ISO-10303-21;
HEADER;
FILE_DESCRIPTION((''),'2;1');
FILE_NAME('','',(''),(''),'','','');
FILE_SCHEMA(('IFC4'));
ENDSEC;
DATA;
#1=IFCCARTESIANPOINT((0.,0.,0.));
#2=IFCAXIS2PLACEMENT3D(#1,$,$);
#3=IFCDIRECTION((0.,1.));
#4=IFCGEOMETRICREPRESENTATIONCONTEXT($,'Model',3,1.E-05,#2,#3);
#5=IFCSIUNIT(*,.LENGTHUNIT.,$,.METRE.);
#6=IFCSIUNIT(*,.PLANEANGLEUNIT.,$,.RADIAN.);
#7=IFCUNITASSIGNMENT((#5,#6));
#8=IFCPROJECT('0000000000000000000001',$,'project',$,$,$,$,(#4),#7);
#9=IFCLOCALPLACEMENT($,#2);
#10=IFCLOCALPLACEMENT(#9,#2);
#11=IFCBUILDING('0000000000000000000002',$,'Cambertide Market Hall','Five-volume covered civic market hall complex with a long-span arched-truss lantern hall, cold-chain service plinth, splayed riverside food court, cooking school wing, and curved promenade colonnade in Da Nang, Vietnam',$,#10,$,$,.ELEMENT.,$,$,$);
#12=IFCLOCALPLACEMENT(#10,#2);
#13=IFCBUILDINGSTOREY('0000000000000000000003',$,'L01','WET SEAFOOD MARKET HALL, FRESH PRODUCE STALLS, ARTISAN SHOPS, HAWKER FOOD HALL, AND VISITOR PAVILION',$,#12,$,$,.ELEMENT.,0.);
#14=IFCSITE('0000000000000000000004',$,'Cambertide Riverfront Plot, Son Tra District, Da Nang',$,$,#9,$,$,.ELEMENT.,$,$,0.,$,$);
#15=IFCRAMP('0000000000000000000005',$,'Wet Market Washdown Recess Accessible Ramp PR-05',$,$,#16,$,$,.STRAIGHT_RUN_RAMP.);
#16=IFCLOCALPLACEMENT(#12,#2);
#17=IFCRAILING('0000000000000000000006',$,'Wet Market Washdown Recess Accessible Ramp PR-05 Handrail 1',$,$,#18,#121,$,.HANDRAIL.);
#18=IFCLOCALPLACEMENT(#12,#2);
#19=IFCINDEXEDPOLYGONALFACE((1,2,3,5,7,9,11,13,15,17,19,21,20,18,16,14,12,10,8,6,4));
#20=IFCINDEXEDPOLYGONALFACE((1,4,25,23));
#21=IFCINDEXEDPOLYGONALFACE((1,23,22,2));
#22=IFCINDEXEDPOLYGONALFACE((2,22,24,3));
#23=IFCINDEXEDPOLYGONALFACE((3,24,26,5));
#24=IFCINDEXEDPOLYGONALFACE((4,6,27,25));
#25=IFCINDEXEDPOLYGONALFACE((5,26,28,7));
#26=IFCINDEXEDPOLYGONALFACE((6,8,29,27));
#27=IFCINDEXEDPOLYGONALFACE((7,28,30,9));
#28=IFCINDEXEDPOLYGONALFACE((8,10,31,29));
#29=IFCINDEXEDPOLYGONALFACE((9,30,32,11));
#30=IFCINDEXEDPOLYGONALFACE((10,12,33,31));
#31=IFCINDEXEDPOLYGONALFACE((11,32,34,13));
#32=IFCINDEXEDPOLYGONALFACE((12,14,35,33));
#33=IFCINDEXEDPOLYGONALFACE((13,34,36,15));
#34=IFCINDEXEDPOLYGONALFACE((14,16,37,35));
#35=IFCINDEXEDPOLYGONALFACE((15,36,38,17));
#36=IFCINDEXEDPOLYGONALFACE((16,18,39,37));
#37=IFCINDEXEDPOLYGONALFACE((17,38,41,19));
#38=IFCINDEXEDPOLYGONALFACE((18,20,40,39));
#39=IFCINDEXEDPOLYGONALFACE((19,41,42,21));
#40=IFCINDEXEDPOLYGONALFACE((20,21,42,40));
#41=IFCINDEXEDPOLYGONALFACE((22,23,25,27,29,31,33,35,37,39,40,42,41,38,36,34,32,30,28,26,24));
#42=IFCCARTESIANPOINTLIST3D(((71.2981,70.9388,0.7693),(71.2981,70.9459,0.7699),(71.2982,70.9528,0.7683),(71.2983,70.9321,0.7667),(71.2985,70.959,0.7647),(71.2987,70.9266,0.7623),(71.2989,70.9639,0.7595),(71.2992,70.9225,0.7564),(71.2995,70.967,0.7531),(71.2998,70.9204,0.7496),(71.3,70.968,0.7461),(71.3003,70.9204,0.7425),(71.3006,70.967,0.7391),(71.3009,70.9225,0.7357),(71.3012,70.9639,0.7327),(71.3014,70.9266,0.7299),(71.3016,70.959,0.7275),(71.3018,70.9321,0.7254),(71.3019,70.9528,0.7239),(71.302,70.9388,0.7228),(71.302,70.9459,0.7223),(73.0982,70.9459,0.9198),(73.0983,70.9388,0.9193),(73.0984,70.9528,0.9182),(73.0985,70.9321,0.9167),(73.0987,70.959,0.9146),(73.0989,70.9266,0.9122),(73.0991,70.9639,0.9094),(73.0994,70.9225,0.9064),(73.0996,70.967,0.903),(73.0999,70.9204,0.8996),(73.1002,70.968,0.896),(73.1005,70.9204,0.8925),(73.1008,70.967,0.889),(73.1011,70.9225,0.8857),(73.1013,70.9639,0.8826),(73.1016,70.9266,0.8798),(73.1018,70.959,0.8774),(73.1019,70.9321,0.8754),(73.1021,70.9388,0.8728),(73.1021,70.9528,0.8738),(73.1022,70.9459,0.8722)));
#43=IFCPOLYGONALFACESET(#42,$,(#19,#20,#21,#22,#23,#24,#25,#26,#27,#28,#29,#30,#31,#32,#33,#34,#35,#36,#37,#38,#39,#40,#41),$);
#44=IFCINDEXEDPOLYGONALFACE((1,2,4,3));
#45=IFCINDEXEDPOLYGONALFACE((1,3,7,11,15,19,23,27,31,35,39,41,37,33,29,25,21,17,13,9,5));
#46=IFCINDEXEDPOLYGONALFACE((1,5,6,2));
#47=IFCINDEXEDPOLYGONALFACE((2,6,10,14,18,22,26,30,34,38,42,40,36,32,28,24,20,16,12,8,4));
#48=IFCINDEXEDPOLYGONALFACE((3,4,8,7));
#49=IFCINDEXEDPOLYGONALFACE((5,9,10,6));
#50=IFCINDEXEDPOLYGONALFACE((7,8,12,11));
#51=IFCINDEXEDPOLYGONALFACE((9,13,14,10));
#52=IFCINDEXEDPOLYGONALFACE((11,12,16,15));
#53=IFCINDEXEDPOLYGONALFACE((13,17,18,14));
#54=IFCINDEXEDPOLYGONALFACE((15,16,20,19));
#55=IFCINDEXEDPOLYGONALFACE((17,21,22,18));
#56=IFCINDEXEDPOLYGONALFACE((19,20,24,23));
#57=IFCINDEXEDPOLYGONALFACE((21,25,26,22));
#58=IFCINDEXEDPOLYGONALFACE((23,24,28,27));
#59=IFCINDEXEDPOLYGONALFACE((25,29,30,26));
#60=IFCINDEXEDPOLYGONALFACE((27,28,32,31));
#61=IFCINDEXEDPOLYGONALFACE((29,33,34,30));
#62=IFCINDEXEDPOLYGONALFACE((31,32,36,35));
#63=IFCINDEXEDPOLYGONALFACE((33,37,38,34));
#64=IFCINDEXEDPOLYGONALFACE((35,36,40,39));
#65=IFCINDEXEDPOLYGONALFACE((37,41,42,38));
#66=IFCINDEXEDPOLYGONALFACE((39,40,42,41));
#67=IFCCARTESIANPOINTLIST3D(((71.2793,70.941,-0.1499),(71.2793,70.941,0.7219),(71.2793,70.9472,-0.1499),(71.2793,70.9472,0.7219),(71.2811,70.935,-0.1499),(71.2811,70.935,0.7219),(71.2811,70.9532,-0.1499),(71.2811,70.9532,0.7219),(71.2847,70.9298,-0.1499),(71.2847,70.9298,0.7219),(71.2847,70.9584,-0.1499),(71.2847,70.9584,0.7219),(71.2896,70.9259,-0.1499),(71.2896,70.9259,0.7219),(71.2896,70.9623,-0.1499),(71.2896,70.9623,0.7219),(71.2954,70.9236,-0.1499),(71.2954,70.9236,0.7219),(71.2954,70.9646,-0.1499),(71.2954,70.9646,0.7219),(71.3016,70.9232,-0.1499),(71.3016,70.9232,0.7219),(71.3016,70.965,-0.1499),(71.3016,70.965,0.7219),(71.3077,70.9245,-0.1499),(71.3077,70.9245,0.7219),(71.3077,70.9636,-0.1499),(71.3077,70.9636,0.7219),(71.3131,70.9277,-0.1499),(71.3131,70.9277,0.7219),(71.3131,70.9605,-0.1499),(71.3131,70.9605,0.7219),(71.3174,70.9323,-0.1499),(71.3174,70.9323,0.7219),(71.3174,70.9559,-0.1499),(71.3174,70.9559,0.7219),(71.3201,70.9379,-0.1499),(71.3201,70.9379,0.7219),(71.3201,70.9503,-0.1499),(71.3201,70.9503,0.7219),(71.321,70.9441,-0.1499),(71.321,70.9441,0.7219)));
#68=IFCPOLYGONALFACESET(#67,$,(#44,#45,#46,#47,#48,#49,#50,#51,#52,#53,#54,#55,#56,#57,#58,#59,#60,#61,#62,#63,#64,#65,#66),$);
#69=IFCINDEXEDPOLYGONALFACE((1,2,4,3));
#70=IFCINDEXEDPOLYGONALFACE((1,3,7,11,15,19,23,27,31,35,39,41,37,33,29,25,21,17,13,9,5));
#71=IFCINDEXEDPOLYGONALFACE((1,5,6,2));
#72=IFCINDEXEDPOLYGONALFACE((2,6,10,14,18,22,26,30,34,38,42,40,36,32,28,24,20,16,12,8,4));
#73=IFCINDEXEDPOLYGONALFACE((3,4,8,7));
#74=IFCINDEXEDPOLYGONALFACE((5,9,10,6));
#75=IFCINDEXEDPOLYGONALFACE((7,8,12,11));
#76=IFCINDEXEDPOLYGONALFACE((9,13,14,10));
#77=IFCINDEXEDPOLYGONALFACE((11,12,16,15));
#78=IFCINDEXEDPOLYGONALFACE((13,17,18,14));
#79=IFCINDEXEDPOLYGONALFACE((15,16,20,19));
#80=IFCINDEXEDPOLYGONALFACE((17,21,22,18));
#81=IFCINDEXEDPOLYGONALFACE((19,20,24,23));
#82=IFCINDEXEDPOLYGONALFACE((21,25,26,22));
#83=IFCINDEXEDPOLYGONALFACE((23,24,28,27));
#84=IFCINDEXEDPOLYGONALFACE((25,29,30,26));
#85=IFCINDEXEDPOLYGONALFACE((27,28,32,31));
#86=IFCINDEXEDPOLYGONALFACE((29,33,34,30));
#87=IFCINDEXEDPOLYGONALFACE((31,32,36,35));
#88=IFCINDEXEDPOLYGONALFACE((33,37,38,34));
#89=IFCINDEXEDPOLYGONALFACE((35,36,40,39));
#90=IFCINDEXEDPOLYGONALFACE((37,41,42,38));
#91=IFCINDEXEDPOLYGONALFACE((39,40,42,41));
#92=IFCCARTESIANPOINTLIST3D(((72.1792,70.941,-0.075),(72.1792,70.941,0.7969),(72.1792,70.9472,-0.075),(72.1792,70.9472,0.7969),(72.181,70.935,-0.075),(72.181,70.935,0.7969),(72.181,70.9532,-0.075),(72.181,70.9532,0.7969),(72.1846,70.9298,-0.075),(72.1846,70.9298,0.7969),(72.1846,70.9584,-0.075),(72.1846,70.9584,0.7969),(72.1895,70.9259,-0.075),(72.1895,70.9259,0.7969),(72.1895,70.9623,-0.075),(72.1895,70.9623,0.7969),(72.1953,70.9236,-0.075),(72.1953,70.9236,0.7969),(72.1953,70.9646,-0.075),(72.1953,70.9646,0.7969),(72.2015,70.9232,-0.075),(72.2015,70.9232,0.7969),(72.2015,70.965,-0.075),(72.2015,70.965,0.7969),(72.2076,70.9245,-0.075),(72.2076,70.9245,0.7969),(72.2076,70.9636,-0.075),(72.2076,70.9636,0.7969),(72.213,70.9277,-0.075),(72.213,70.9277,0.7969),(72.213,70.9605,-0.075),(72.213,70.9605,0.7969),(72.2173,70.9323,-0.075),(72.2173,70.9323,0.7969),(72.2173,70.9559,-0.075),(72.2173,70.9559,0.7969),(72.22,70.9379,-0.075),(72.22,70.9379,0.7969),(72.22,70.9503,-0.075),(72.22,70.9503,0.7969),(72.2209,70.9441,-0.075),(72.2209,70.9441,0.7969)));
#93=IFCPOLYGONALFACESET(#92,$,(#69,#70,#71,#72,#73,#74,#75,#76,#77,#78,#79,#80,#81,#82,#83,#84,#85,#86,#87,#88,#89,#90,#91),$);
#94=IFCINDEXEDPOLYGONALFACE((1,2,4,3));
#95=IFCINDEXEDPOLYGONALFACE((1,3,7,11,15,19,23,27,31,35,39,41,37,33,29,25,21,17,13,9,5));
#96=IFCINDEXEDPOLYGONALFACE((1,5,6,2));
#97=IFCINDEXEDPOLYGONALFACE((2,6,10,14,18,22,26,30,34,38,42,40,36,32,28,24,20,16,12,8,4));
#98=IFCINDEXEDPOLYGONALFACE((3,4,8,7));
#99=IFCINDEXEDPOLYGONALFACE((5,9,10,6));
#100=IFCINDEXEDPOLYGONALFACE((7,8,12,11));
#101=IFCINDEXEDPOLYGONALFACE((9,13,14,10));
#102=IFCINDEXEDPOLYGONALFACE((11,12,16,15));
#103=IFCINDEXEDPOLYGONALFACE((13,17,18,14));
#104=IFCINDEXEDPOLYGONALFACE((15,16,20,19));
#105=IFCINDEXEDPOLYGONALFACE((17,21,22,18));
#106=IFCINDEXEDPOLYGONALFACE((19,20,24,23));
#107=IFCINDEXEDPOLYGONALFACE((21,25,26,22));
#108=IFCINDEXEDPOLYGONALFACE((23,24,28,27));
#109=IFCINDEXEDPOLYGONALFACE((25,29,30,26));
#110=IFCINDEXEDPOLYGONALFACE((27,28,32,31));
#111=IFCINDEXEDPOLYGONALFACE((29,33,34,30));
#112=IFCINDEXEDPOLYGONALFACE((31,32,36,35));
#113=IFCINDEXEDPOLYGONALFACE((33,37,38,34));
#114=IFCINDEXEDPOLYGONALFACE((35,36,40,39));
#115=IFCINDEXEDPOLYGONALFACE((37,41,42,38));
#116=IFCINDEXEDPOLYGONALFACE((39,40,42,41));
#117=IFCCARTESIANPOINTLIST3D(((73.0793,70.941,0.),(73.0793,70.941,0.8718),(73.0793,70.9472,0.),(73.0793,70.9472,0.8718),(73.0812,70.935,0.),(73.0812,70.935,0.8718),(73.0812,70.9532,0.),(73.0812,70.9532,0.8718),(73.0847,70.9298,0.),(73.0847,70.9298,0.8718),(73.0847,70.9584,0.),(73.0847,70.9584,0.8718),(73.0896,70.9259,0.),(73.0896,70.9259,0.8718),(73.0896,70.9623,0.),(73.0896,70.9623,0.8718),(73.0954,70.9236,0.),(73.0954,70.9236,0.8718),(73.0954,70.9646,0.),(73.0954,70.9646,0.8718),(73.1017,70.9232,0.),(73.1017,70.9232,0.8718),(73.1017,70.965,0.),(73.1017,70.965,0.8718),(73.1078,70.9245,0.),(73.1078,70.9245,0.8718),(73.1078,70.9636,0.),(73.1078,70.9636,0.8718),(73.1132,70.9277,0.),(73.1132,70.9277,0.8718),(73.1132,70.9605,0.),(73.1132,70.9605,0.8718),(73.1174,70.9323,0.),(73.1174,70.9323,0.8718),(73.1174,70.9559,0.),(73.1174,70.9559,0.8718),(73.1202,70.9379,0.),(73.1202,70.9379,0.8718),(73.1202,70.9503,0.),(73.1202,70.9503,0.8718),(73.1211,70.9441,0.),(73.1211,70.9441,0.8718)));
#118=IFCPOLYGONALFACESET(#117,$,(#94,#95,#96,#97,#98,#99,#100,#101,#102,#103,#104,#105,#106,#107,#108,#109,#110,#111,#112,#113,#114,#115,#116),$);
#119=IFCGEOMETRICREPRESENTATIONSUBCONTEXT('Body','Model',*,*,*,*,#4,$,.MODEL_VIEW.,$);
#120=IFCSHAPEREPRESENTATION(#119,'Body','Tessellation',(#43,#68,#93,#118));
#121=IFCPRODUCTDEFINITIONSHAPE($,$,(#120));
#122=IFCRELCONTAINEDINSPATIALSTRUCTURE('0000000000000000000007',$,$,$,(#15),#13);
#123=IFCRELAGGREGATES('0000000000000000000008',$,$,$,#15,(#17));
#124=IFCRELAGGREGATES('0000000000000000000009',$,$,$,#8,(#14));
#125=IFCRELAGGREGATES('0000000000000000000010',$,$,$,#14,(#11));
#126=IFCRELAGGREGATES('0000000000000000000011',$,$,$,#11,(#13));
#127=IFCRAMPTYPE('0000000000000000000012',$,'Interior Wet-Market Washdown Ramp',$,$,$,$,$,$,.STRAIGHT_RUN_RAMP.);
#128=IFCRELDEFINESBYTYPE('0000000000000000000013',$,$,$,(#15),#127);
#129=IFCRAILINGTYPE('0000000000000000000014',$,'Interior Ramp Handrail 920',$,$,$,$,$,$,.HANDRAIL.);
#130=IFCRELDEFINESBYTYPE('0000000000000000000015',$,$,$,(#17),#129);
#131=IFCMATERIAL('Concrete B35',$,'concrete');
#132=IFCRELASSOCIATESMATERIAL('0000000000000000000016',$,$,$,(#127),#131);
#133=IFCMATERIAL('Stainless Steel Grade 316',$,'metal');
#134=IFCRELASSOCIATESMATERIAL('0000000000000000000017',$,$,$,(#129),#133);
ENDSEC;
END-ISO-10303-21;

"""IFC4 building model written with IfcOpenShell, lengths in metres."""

from ifc_helpers import new_model, si_unit, direction, frame, origin, origin_2d, place, context, subcontext, project, spatial, circle, extrude, material, type_object, element, aggregate, save


model = new_model("IFC4")

# Units and contexts
model_context = context("Model", 3, precision=1e-05, world=origin(), true_north=direction((0.0, 1.0)))
body_context = subcontext(model_context, "Body", "Model", "MODEL_VIEW")
ifc_project = project(units=[si_unit("LENGTHUNIT", "METRE"), si_unit("PLANEANGLEUNIT", "RADIAN")], contexts=[model_context])

# Site, building, storey
site_placement = place(None, origin())
site = spatial("IfcSite", under=ifc_project, at=site_placement, Name="Cambertide Riverfront Plot, Son Tra District, Da Nang", CompositionType="ELEMENT", RefElevation=0.0)
building_placement = place(site_placement, origin())
building = spatial("IfcBuilding", under=site, at=building_placement, Name="Cambertide Market Hall", Description="Five-volume covered civic market hall complex with a long-span arched-truss lantern hall, cold-chain service plinth, splayed riverside food court, cooking school wing, and curved promenade colonnade in Da Nang, Vietnam", CompositionType="ELEMENT")
storey_placement = place(building_placement, origin())
storey = spatial("IfcBuildingStorey", under=building, at=storey_placement, Name="L01", Description="WET SEAFOOD MARKET HALL, FRESH PRODUCE STALLS, ARTISAN SHOPS, HAWKER FOOD HALL, AND VISITOR PAVILION", CompositionType="ELEMENT", Elevation=0.0)

# Ramp, railing
ifc_material_1 = material(Name="Concrete B35", Category="concrete")
ramp_type = type_object("IfcRampType", Name="Interior Wet-Market Washdown Ramp", PredefinedType="STRAIGHT_RUN_RAMP", material=ifc_material_1)
ramp_placement = place(storey_placement, origin())
ramp = element("IfcRamp", 1, at=ramp_placement, inside=storey, type_object=ramp_type, Name="Wet Market Washdown Recess Accessible Ramp PR-05", PredefinedType="STRAIGHT_RUN_RAMP")
ifc_material_2 = material(Name="Stainless Steel Grade 316", Category="metal")
railing_type_1 = type_object("IfcRailingType", Name="Interior Ramp Handrail 920", PredefinedType="HANDRAIL", material=ifc_material_2)
railing_1_placement = place(storey_placement, frame((71.3, 70.9441, -0.1499)))
railing_1 = element("IfcRailing", 2, at=railing_1_placement, type_object=railing_type_1, Name="Wet Market Washdown Recess Accessible Ramp PR-05 Handrail 1", PredefinedType="HANDRAIL", context=body_context, shape_type="SweptSolid", body=[
    extrude(circle(Radius=0.0239, at=origin_2d()), frame((0.0, 0.0, 0.896), z_axis=(0.99655, 0.0, 0.08299), x_axis=(0.0, 1.0, 0.0)), (0.0, 0.0, 1.0), 1.8064),
    extrude(circle(Radius=0.021, at=origin_2d()), origin(), (0.0, 0.0, 1.0), 0.8718),
    extrude(circle(Radius=0.021, at=origin_2d()), frame((0.8999, 0.0, 0.075)), (0.0, 0.0, 1.0), 0.8718),
    extrude(circle(Radius=0.021, at=origin_2d()), frame((1.8, 0.0, 0.1499)), (0.0, 0.0, 1.0), 0.8718),
])
aggregate(ramp, [railing_1])

save(model, "model.ifc")
